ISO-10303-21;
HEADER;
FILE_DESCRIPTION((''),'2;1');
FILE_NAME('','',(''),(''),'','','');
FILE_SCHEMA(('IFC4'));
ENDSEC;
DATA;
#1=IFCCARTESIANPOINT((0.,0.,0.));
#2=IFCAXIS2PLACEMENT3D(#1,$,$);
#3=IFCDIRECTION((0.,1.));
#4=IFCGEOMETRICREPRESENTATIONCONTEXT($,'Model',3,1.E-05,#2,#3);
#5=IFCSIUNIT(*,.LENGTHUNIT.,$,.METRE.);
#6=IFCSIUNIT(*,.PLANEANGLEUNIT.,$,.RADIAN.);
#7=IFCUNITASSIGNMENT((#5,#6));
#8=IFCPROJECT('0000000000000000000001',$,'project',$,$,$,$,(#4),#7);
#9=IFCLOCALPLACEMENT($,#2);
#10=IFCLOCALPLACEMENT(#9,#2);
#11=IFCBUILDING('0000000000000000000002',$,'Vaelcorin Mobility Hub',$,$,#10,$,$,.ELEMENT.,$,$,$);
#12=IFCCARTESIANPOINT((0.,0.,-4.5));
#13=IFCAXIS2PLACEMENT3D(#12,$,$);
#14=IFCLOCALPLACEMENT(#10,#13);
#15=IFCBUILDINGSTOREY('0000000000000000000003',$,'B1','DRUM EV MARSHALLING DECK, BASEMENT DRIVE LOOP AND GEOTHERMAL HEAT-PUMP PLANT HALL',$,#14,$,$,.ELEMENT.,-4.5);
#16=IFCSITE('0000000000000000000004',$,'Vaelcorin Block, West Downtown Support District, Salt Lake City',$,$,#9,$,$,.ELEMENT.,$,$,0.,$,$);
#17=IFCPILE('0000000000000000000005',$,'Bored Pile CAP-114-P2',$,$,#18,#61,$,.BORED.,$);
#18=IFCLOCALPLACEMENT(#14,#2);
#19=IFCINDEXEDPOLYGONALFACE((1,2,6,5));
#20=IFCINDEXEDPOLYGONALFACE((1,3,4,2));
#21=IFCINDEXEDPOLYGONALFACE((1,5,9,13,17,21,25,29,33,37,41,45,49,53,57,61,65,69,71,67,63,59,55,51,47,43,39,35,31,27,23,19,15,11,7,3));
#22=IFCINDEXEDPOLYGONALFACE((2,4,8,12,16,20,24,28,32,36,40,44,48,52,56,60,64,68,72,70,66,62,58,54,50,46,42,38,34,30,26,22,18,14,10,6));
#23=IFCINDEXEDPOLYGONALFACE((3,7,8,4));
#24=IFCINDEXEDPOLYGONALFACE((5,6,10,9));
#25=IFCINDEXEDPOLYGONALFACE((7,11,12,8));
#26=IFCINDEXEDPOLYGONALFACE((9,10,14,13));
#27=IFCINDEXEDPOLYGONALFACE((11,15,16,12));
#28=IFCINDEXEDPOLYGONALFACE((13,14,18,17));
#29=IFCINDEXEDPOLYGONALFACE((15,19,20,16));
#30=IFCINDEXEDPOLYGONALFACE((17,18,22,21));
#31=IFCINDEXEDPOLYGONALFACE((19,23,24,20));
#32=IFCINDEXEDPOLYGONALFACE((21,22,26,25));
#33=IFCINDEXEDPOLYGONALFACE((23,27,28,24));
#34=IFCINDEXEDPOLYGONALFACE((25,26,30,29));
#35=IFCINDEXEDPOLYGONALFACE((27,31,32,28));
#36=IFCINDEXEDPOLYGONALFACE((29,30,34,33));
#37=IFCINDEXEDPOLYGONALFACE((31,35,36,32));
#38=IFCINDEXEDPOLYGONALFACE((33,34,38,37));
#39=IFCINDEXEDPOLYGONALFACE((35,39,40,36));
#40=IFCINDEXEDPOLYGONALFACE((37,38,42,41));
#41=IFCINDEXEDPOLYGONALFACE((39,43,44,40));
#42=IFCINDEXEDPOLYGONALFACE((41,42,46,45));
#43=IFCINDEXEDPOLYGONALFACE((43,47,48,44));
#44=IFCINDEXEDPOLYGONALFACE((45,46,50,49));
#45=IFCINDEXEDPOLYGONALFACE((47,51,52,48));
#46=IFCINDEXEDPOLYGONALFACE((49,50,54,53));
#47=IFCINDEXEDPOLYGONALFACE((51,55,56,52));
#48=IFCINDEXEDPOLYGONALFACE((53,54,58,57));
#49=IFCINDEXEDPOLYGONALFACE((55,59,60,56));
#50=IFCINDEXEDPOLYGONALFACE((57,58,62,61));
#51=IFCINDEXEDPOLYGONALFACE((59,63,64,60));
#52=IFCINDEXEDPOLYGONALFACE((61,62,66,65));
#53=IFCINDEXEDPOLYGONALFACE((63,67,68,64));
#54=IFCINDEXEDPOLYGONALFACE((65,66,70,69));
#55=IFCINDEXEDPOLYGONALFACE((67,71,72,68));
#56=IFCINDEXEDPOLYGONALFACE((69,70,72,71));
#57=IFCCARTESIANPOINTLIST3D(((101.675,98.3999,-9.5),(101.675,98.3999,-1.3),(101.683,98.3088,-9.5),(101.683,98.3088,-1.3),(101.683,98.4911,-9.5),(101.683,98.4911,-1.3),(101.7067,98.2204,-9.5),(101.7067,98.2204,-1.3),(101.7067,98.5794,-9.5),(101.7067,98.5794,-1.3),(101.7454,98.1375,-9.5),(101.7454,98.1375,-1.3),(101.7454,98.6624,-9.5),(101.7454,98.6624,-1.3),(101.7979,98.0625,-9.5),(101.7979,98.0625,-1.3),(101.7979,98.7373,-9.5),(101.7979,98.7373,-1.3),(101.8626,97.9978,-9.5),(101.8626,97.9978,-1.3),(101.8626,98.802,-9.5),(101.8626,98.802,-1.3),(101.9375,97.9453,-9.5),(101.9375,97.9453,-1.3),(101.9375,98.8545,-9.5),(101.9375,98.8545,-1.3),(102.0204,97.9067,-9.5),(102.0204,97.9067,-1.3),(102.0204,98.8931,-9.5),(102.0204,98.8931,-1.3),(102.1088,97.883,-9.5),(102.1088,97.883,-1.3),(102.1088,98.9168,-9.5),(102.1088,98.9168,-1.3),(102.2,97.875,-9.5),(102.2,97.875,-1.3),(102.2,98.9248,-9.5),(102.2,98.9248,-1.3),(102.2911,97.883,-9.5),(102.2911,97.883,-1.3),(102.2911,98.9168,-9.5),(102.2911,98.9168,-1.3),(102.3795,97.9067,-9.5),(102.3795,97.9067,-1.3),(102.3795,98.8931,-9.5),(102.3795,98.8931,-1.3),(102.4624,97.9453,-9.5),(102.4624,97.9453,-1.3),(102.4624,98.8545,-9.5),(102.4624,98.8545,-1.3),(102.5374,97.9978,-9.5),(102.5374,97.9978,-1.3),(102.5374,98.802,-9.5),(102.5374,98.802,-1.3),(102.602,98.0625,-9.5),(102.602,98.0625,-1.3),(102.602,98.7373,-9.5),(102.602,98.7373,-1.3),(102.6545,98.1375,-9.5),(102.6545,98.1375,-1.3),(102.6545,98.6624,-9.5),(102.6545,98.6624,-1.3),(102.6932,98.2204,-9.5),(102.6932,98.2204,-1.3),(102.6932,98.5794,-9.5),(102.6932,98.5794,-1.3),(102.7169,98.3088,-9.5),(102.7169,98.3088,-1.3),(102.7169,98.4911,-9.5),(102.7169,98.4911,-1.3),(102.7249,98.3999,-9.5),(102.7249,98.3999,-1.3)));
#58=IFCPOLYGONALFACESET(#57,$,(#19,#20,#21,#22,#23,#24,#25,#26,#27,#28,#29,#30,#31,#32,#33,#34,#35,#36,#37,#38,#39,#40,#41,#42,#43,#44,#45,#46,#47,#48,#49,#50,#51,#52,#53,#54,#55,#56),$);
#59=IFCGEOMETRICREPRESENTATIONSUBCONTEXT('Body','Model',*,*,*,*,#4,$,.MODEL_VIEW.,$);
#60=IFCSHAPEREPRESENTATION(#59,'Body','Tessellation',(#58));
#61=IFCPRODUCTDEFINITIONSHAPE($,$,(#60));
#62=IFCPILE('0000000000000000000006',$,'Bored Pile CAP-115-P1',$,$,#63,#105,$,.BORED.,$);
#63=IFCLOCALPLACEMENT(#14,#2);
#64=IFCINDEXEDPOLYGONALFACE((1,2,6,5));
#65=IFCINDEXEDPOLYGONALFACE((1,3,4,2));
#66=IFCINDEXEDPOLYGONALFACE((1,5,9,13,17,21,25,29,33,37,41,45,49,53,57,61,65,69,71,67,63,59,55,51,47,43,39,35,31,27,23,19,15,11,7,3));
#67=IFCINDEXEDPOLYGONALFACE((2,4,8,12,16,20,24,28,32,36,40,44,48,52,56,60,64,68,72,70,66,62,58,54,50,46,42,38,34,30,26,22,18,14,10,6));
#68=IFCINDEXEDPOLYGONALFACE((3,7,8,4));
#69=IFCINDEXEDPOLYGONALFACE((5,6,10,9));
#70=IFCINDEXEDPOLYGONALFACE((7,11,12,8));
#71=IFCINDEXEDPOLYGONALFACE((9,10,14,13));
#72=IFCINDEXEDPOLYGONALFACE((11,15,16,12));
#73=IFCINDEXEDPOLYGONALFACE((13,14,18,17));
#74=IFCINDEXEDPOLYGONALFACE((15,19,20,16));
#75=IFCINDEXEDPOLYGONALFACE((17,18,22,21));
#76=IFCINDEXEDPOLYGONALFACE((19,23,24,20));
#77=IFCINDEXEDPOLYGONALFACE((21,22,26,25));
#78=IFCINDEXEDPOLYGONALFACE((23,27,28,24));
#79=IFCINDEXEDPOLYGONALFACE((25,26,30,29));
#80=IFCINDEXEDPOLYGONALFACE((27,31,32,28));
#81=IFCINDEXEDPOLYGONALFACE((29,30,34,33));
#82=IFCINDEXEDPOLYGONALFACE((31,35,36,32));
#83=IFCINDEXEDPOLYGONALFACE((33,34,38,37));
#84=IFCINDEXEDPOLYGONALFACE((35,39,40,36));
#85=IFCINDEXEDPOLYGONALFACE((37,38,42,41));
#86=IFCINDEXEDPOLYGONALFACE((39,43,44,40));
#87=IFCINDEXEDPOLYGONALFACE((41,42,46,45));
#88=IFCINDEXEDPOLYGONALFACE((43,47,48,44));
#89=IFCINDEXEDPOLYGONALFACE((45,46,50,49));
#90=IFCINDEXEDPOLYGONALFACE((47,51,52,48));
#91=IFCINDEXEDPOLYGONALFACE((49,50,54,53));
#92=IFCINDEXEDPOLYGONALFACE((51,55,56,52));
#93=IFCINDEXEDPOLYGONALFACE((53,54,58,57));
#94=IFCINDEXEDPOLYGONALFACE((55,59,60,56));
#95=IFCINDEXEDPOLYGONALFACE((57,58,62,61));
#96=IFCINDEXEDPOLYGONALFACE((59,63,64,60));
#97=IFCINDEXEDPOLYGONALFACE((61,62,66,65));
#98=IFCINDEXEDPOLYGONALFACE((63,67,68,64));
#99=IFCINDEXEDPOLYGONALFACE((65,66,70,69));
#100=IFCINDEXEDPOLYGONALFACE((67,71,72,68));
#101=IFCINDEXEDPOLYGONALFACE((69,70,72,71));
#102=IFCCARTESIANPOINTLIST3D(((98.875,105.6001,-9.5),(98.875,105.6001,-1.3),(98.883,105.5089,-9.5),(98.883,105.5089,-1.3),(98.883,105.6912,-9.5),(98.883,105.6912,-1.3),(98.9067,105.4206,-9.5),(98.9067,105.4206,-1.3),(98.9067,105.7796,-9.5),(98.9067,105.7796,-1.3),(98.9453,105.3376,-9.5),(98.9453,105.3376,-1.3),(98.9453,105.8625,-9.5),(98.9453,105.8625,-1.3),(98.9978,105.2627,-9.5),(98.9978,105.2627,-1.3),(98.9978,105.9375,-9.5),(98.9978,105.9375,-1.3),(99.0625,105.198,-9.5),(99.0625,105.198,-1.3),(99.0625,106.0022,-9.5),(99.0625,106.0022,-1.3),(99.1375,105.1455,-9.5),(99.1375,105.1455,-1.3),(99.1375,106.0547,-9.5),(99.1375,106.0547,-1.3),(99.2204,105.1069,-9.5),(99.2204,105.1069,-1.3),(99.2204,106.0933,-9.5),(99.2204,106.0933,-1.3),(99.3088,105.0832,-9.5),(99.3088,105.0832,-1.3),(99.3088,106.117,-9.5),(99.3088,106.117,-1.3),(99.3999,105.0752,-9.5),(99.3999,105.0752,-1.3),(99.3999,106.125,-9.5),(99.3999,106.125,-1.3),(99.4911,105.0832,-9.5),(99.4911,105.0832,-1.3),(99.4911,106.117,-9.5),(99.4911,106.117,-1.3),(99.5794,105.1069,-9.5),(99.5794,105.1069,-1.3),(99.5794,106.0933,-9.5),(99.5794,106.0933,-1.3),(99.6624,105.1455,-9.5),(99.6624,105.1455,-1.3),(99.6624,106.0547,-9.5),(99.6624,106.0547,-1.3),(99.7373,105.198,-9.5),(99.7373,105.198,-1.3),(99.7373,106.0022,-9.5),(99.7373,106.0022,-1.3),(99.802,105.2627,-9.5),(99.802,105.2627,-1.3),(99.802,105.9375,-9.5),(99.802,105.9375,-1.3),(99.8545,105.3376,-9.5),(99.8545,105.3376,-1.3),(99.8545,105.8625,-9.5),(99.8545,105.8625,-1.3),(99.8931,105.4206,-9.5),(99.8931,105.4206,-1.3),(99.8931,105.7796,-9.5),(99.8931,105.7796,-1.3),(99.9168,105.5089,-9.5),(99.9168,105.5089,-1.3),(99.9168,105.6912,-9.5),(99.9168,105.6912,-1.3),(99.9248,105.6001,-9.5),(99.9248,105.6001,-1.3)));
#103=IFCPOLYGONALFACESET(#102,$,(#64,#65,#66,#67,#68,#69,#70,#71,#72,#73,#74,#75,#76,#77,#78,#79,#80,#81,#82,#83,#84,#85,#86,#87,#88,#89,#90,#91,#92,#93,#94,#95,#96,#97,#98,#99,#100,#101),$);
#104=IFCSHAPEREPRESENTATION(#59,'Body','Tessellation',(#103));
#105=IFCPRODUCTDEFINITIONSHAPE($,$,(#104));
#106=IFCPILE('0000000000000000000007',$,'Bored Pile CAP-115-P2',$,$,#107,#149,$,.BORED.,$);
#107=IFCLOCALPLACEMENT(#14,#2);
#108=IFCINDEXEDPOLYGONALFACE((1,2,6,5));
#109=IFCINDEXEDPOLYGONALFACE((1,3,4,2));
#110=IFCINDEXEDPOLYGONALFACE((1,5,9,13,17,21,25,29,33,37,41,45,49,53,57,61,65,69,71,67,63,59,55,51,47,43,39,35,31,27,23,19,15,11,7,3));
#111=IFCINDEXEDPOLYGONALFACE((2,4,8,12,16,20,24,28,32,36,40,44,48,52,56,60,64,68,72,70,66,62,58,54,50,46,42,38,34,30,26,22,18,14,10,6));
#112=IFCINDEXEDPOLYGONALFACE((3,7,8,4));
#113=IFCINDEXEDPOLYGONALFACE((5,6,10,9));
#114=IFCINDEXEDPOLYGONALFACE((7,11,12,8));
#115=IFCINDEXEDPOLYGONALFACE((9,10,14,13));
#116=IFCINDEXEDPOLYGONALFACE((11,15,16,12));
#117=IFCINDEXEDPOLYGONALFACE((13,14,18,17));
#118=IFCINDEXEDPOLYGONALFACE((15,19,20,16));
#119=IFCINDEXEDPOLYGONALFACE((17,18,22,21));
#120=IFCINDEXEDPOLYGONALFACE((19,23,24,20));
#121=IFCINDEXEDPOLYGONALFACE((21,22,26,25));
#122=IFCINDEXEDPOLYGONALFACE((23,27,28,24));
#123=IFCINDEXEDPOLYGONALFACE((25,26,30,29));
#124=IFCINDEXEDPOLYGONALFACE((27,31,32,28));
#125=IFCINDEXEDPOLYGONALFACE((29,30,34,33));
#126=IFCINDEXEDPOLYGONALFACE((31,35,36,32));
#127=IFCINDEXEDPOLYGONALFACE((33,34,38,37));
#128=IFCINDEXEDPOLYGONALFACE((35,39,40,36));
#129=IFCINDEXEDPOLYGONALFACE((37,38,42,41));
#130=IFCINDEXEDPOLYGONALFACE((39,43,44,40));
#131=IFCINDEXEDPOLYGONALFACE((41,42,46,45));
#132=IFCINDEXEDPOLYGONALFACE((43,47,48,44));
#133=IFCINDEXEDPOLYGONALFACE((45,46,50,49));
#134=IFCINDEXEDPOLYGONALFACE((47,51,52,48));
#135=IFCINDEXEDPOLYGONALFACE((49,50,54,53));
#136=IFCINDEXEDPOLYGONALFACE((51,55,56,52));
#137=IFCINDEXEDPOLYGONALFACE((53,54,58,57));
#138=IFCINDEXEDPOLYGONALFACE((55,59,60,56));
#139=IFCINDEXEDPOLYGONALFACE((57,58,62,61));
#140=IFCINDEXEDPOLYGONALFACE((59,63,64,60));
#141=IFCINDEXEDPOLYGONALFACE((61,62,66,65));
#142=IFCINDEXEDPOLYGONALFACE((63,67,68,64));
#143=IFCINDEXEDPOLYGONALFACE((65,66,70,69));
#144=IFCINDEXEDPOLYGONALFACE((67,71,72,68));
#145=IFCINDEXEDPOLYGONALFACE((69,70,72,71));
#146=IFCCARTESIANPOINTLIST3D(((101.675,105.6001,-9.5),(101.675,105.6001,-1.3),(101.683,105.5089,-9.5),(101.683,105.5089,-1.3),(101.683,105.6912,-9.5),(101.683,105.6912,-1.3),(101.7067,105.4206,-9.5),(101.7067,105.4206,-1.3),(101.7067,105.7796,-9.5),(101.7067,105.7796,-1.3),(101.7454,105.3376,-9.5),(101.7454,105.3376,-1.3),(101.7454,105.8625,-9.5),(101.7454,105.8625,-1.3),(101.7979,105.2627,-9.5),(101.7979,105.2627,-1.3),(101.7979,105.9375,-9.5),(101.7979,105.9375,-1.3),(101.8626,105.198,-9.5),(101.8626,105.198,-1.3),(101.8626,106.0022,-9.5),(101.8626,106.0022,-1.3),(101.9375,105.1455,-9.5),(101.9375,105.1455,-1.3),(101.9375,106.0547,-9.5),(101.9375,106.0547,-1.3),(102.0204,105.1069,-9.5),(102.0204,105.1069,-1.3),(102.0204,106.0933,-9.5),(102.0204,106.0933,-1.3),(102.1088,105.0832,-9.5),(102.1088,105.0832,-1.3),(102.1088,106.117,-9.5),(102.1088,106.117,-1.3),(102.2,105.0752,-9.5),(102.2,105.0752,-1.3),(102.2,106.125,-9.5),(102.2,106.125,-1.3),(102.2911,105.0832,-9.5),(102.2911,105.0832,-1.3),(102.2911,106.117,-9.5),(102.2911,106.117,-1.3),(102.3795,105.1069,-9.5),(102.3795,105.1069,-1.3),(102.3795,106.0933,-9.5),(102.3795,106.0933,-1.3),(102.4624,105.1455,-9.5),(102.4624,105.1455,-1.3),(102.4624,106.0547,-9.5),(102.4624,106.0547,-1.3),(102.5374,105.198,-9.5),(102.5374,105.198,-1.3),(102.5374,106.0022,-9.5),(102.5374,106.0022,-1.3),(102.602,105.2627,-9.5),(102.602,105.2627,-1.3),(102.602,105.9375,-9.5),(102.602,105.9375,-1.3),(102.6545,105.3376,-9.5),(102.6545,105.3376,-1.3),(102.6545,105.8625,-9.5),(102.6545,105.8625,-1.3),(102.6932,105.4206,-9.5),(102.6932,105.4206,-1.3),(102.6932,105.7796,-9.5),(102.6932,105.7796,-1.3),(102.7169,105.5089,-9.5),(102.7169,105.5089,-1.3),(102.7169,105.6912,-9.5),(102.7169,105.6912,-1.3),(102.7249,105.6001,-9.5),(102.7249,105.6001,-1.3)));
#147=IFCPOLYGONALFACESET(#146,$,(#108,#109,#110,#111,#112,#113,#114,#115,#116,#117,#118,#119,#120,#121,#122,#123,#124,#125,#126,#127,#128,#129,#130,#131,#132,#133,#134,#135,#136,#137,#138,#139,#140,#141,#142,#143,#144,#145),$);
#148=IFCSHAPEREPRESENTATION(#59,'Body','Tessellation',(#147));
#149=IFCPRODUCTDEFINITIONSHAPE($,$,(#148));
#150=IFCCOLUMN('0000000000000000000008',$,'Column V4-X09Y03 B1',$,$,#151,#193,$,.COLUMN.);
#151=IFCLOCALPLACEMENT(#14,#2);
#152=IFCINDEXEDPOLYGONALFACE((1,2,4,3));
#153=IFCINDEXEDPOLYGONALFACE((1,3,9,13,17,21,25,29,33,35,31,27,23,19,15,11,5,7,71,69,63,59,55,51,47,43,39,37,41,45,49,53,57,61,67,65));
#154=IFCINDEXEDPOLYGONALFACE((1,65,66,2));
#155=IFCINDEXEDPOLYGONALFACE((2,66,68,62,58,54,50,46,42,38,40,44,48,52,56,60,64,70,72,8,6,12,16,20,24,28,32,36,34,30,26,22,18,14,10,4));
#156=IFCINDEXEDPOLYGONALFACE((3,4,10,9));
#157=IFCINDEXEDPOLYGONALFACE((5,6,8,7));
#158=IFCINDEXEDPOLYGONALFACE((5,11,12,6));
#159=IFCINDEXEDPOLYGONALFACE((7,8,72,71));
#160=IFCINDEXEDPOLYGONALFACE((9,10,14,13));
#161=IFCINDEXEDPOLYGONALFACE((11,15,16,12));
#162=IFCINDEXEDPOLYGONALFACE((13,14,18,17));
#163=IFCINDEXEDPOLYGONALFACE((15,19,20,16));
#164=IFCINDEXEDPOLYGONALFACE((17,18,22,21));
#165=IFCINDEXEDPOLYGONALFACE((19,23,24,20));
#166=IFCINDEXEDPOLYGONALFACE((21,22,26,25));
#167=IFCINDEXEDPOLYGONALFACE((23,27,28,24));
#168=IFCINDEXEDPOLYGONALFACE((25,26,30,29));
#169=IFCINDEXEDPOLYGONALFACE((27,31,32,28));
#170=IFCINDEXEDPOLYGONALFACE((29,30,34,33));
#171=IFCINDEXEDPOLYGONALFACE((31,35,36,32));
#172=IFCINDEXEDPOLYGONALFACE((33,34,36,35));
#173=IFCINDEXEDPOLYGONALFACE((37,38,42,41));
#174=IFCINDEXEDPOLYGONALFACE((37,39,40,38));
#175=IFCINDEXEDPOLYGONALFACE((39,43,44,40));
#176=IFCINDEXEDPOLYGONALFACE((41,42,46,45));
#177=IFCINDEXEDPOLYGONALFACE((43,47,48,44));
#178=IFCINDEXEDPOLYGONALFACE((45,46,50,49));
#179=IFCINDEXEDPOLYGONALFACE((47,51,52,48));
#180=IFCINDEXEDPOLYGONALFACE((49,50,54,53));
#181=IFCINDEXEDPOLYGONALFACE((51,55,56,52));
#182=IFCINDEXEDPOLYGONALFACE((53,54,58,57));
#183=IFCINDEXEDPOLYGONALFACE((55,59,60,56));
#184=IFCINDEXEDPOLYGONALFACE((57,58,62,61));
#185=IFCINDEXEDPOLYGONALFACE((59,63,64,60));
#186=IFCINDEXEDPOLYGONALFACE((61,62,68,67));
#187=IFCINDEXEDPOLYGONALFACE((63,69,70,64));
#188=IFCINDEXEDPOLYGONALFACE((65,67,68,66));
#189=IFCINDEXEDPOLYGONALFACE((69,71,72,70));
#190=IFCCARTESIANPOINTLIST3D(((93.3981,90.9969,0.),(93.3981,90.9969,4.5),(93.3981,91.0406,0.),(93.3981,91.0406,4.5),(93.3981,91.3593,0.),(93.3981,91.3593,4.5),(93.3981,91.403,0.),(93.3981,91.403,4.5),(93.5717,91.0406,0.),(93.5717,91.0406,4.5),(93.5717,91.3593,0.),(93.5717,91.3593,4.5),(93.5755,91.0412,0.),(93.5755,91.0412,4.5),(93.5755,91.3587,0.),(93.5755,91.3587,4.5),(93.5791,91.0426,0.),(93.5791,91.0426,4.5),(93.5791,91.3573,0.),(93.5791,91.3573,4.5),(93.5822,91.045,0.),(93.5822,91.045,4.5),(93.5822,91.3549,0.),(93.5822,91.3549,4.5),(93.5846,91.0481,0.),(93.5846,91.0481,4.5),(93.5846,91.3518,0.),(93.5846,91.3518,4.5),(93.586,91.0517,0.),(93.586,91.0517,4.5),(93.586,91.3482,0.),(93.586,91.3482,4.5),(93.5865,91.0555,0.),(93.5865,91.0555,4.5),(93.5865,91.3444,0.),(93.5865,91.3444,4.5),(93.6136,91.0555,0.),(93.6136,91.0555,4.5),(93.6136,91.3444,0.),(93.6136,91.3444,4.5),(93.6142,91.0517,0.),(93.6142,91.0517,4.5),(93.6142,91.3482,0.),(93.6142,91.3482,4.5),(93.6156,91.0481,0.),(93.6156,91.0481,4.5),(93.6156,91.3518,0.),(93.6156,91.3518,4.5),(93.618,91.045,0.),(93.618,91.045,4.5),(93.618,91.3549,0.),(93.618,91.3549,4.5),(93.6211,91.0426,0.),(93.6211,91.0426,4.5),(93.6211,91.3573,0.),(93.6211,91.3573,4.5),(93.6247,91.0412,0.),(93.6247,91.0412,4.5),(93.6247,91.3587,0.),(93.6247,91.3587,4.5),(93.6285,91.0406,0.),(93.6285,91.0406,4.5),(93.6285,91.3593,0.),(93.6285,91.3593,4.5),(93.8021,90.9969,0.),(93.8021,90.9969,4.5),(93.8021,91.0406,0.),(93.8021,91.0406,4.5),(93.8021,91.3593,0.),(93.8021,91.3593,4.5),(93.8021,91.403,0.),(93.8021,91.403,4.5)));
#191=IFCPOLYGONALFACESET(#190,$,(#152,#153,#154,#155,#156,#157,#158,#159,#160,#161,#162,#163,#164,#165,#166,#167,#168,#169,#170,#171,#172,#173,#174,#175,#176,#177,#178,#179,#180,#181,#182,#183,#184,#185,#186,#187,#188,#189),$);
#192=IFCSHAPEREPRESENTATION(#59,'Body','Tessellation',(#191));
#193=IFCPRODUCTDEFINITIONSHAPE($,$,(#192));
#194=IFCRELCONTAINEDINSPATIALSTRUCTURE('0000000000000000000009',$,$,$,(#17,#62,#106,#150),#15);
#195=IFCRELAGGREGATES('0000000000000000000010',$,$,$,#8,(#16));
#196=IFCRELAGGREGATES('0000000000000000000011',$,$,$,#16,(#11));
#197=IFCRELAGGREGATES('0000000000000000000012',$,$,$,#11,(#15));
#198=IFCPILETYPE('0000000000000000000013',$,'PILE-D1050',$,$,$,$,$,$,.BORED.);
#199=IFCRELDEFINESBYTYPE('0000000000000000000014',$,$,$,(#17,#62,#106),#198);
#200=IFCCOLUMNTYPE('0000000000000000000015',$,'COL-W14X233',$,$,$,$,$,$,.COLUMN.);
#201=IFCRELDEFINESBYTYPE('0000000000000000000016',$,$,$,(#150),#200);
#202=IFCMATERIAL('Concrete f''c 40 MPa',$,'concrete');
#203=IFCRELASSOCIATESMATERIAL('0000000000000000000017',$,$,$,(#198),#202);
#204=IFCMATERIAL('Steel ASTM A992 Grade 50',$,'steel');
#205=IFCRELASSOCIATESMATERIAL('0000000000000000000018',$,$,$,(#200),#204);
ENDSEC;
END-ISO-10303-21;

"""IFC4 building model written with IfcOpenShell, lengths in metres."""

from ifc_helpers import new_model, si_unit, direction, frame, origin, origin_2d, place, context, subcontext, project, spatial, circle, i_section, extrude, material, material_profile, profile_set, type_object, element, save


model = new_model("IFC4")

# Units and contexts
model_context = context("Model", 3, precision=1e-05, world=origin(), true_north=direction((0.0, 1.0)))
body_context = subcontext(model_context, "Body", "Model", "MODEL_VIEW")
ifc_project = project(units=[si_unit("LENGTHUNIT", "METRE"), si_unit("PLANEANGLEUNIT", "RADIAN")], contexts=[model_context])

# Site, building, storey
site_placement = place(None, origin())
site = spatial("IfcSite", under=ifc_project, at=site_placement, Name="Vaelcorin Block, West Downtown Support District, Salt Lake City", CompositionType="ELEMENT", RefElevation=0.0)
building_placement = place(site_placement, origin())
building = spatial("IfcBuilding", under=site, at=building_placement, Name="Vaelcorin Mobility Hub", CompositionType="ELEMENT")
storey_placement = place(building_placement, frame((0.0, 0.0, -4.5)))
storey = spatial("IfcBuildingStorey", under=building, at=storey_placement, Name="B1", Description="DRUM EV MARSHALLING DECK, BASEMENT DRIVE LOOP AND GEOTHERMAL HEAT-PUMP PLANT HALL", CompositionType="ELEMENT", Elevation=-4.5)

# Shared definitions
ifc_material_1 = material(Name="Concrete f'c 40 MPa", Category="concrete")

# Piles
ifc_material_profile_1 = material_profile(ifc_material_1, circle(Radius=0.5249, at=origin_2d()), Name="BP-D1050")
ifc_profile_set_1 = profile_set([ifc_material_profile_1], Name="Concrete f'c 40 MPa")
pile_type = type_object("IfcPileType", Name="PILE-D1050", PredefinedType="BORED", material=ifc_profile_set_1)
for number, where, z_axis, x_axis, name in (
    (1, (102.2, 98.3999, -1.3), (0.0, 0.0, -1.0), (1.0, 0.0, 0.0), "Bored Pile CAP-114-P2"),
    (2, (99.3999, 105.6001, -1.3), (0.0, 0.0, -1.0), (1.0, 0.0, 0.0), "Bored Pile CAP-115-P1"),
    (3, (102.2, 105.6001, -1.3), (0.0, 0.0, -1.0), (1.0, 0.0, 0.0), "Bored Pile CAP-115-P2"),
):
    element("IfcPile", number, at=place(storey_placement, frame(where, z_axis=z_axis, x_axis=x_axis)), inside=storey, type_object=pile_type, Name=name, PredefinedType="BORED", context=body_context, shape_type="SweptSolid", body=[
        extrude(circle(Radius=0.5249, at=origin_2d()), origin(), (0.0, 0.0, 1.0), 8.2),
    ])

# Column
ifc_material_2 = material(Name="Steel ASTM A992 Grade 50", Category="steel")
ifc_material_profile_2 = material_profile(ifc_material_2, i_section(OverallWidth=0.4041, OverallDepth=0.406, WebThickness=0.0271, FlangeThickness=0.0437, FilletRadius=0.0149, at=origin_2d()), Name="W14X233")
ifc_profile_set_2 = profile_set([ifc_material_profile_2], Name="Steel ASTM A992 Grade 50")
column_type = type_object("IfcColumnType", Name="COL-W14X233", PredefinedType="COLUMN", material=ifc_profile_set_2)
for number, where, z_axis, x_axis, name in (
    (4, (93.6001, 91.2, 0.0), (0.0, 0.0, 1.0), (1.0, 0.0, 0.0), "Column V4-X09Y03 B1"),
):
    element("IfcColumn", number, at=place(storey_placement, frame(where, z_axis=z_axis, x_axis=x_axis)), inside=storey, type_object=column_type, Name=name, PredefinedType="COLUMN", context=body_context, shape_type="SweptSolid", body=[
        extrude(i_section(OverallWidth=0.4041, OverallDepth=0.406, WebThickness=0.0271, FlangeThickness=0.0437, FilletRadius=0.0149, at=origin_2d()), origin(), (0.0, 0.0, 1.0), 4.5),
    ])

save(model, "model.ifc")
